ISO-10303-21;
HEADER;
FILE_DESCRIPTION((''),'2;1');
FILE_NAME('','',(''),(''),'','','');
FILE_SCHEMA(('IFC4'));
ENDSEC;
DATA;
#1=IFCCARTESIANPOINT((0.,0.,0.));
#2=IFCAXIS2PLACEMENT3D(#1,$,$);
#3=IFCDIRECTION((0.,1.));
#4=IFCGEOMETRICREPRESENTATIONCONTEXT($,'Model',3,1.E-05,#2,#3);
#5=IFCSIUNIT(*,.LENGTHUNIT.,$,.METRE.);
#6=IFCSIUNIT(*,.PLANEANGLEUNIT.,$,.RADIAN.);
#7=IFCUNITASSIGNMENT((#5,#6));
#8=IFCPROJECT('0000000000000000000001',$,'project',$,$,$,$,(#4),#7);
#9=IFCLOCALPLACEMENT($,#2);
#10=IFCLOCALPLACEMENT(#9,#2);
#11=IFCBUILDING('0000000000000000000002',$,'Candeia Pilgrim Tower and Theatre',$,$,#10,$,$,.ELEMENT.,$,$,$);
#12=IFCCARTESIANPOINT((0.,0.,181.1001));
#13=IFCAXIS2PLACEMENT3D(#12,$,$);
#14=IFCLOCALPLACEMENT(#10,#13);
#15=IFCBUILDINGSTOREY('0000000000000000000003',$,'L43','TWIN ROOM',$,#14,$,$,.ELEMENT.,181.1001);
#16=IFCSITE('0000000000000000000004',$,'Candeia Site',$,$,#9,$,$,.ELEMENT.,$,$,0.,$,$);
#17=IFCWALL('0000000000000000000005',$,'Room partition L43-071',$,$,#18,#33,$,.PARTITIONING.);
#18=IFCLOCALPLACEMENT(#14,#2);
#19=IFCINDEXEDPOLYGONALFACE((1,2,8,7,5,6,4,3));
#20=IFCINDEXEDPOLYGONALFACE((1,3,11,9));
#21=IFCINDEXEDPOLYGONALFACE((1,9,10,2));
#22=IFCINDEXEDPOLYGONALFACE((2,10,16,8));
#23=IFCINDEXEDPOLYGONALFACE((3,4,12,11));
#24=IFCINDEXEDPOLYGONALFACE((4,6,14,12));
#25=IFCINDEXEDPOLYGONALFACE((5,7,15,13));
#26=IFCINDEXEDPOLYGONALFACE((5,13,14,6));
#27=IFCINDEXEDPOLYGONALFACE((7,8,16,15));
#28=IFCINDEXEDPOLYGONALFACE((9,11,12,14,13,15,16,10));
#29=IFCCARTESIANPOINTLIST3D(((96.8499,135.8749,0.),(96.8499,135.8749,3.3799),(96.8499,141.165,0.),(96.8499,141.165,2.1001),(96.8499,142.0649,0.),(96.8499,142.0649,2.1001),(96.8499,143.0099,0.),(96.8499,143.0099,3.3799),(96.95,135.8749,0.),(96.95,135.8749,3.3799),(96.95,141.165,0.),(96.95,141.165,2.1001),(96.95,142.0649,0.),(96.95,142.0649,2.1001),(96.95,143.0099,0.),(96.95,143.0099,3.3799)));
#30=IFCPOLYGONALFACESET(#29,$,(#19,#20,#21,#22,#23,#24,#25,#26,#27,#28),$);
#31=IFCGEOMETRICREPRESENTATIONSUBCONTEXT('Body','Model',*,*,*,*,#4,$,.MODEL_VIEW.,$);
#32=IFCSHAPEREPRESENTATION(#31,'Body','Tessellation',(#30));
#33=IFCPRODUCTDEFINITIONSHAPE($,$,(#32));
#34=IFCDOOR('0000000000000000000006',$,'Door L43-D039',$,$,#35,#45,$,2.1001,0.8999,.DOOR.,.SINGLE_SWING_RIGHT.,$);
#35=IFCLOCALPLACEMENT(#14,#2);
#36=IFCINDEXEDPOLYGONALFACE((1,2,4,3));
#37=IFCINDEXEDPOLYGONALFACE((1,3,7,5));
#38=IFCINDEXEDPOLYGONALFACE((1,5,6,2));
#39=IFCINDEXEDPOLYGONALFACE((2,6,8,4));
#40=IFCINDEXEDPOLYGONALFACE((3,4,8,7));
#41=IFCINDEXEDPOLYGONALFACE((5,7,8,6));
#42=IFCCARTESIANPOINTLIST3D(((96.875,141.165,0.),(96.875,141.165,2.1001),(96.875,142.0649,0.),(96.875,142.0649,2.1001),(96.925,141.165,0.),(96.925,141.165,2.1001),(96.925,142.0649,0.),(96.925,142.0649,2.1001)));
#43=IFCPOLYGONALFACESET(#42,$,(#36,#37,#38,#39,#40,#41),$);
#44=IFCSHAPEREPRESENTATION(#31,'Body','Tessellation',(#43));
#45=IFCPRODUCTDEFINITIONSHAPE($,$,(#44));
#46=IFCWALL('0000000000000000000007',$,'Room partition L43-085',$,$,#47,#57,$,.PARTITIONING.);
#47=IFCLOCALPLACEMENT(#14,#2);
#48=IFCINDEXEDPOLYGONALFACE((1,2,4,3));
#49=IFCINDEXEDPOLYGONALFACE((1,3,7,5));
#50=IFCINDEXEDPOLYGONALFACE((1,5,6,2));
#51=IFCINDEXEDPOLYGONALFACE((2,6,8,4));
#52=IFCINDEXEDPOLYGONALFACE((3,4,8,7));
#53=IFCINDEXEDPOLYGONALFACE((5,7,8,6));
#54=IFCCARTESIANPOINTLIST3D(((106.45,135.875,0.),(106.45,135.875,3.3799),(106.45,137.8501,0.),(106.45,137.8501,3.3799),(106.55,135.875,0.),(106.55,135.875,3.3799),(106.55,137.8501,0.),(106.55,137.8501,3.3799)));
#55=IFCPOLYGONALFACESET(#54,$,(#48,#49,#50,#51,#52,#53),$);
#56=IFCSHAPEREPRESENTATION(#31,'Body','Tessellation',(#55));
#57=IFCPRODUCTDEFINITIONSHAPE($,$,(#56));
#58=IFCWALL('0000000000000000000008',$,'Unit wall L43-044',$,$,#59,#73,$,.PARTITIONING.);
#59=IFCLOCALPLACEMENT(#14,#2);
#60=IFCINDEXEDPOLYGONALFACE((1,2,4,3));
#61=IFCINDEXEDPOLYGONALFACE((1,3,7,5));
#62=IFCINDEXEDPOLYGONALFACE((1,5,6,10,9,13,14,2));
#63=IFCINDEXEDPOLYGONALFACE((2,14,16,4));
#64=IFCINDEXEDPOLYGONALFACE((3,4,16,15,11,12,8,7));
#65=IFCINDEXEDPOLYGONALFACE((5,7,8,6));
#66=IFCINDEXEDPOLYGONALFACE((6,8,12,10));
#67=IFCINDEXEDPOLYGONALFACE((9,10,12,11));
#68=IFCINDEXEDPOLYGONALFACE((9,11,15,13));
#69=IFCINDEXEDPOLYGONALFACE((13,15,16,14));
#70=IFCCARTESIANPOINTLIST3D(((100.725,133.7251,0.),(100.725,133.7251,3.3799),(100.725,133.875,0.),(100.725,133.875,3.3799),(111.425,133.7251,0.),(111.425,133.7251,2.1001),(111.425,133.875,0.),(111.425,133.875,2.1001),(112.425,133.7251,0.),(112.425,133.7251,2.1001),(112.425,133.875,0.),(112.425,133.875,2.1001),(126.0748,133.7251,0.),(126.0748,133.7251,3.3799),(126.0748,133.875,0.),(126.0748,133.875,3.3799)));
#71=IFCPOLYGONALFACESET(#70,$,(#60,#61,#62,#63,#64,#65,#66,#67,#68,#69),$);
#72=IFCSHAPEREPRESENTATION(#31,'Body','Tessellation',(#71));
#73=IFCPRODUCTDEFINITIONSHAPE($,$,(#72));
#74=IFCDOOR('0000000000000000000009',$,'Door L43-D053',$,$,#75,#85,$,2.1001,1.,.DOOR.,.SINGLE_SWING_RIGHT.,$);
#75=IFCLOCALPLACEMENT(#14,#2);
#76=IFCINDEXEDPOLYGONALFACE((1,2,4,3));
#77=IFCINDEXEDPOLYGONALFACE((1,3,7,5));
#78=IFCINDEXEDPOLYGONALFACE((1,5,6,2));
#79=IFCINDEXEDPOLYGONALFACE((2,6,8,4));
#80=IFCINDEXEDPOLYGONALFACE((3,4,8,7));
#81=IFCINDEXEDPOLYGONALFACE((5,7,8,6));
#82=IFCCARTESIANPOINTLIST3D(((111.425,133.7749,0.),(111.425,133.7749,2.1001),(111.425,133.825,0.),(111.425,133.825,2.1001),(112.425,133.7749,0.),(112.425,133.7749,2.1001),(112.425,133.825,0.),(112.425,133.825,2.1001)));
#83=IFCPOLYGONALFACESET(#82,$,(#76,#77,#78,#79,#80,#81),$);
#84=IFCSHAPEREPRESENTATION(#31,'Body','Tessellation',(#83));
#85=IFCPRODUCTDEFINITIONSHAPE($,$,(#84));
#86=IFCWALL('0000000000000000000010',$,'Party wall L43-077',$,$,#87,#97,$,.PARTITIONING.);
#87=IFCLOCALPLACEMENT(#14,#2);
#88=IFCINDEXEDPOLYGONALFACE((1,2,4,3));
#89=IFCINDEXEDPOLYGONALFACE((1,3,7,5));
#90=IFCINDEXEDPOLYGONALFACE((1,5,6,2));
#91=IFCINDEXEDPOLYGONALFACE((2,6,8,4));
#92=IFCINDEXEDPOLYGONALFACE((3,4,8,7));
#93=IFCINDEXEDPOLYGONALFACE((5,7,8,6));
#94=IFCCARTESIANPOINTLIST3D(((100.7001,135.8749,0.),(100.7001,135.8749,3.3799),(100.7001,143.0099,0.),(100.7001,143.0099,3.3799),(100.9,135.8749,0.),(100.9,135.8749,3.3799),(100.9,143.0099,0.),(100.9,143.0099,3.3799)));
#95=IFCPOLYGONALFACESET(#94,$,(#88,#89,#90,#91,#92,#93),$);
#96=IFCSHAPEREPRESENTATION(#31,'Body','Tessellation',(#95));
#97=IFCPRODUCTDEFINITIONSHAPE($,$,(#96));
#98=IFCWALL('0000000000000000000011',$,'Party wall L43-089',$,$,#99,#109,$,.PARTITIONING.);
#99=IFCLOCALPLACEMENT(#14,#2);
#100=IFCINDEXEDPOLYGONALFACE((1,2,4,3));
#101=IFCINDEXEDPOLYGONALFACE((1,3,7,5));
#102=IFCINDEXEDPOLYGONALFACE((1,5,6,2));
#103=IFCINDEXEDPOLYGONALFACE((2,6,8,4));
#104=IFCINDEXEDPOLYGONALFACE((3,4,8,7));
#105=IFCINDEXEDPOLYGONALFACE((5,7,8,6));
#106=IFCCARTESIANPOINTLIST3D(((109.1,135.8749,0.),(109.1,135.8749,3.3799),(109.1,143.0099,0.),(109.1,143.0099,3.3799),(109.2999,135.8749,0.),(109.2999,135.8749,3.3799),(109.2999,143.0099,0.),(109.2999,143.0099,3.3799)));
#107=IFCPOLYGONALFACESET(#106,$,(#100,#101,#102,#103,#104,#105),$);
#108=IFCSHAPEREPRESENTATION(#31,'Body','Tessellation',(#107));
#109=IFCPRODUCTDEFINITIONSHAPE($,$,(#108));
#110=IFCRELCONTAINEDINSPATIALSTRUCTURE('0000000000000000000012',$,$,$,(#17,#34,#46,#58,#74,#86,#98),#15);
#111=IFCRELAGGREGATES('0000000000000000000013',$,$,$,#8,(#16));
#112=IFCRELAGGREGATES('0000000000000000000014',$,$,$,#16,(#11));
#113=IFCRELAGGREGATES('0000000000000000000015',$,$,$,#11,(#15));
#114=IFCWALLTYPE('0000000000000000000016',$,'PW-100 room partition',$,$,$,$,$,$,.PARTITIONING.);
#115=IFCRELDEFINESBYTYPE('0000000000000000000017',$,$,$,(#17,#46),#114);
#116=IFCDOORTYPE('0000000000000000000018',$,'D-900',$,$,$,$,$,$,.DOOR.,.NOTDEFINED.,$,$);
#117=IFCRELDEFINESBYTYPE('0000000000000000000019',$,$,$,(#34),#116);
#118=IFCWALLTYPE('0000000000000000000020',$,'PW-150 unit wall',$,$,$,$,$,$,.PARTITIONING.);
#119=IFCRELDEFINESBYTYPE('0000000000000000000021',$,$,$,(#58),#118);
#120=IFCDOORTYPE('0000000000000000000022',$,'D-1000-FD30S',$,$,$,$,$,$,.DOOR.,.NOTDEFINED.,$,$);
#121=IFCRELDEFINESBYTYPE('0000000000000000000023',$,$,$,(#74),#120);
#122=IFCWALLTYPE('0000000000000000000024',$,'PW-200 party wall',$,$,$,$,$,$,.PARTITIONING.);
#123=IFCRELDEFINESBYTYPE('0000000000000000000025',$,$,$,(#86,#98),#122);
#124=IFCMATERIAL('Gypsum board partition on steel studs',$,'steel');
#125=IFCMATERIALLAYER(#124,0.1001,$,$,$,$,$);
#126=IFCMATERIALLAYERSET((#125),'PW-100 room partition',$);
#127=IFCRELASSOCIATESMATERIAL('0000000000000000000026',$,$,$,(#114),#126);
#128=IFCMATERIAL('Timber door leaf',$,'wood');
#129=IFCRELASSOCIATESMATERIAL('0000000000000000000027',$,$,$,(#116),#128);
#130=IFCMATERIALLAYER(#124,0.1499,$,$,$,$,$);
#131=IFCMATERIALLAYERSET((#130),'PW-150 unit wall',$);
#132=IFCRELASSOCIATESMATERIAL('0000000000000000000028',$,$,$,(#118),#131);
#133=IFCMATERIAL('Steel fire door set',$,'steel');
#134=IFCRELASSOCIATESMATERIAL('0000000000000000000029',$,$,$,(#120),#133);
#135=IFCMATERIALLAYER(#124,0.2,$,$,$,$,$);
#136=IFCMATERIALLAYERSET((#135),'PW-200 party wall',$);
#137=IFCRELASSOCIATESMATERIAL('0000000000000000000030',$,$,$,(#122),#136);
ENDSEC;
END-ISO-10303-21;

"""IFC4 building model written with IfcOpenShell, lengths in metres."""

from ifc_helpers import new_model, si_unit, direction, frame, frame_2d, origin, place, context, subcontext, project, spatial, rectangle, extrude, material, layer, layer_set, type_object, element, fill, save


model = new_model("IFC4")

# Units and contexts
model_context = context("Model", 3, precision=1e-05, world=origin(), true_north=direction((0.0, 1.0)))
body_context = subcontext(model_context, "Body", "Model", "MODEL_VIEW")
ifc_project = project(units=[si_unit("LENGTHUNIT", "METRE"), si_unit("PLANEANGLEUNIT", "RADIAN")], contexts=[model_context])

# Site, building, storey
site_placement = place(None, origin())
site = spatial("IfcSite", under=ifc_project, at=site_placement, Name="Candeia Site", CompositionType="ELEMENT", RefElevation=0.0)
building_placement = place(site_placement, origin())
building = spatial("IfcBuilding", under=site, at=building_placement, Name="Candeia Pilgrim Tower and Theatre", CompositionType="ELEMENT")
storey_placement = place(building_placement, frame((0.0, 0.0, 181.1001)))
storey = spatial("IfcBuildingStorey", under=building, at=storey_placement, Name="L43", Description="TWIN ROOM", CompositionType="ELEMENT", Elevation=181.1001)

# Wall, opening, door
ifc_material_1 = material(Name="Gypsum board partition on steel studs", Category="steel")
ifc_layer_1 = layer(ifc_material_1, 0.1001)
ifc_layer_set_1 = layer_set([ifc_layer_1], Name="PW-100 room partition")
wall_type_1 = type_object("IfcWallType", Name="PW-100 room partition", PredefinedType="PARTITIONING", material=ifc_layer_set_1)
ifc_material_2 = material(Name="Timber door leaf", Category="wood")
wall_1_placement = place(storey_placement, frame((96.8999, 135.875, 0.0), z_axis=(0.0, 0.0, 1.0), x_axis=(0.0, 1.0, 0.0)))
wall_1 = element("IfcWall", 1, at=wall_1_placement, inside=storey, type_object=wall_type_1, Name="Room partition L43-071", PredefinedType="PARTITIONING", context=body_context, shape_type="SweptSolid", body=[
    extrude(rectangle(XDim=7.135, YDim=0.1001, at=frame_2d((3.5674, 0.0))), origin(), (0.0, 0.0, 1.0), 3.3799),
])
opening_1_placement = place(wall_1_placement, frame((5.29, 0.0, 0.0)))
opening_1 = element("IfcOpeningElement", 2, at=opening_1_placement, cuts=wall_1, PredefinedType="OPENING", context=body_context, shape_type="SweptSolid", body=[
    extrude(rectangle(XDim=0.8999, YDim=2.1001, at=frame_2d((0.45, 1.05))), frame((0.0, 0.0601, 0.0), z_axis=(0.0, -1.0, 0.0), x_axis=(1.0, 0.0, 0.0)), (0.0, 0.0, 1.0), 0.1201),
])
door_type_1 = type_object("IfcDoorType", Name="D-900", OperationType="NOTDEFINED", PredefinedType="DOOR", material=ifc_material_2)
door_1_placement = place(opening_1_placement, origin())
door_1 = element("IfcDoor", 3, at=door_1_placement, inside=storey, type_object=door_type_1, Name="Door L43-D039", OperationType="SINGLE_SWING_RIGHT", OverallHeight=2.1001, OverallWidth=0.8999, PredefinedType="DOOR", context=body_context, shape_type="SweptSolid", body=[
    extrude(rectangle(XDim=0.8999, YDim=2.1001, at=frame_2d((0.45, 1.05))), frame((0.0, 0.0249, 0.0), z_axis=(0.0, -1.0, 0.0), x_axis=(1.0, 0.0, 0.0)), (0.0, 0.0, 1.0), 0.05),
])
fill(opening_1, door_1)

# Wall
wall_2_placement = place(storey_placement, frame((106.5, 135.875, 0.0), z_axis=(0.0, 0.0, 1.0), x_axis=(0.0, 1.0, 0.0)))
element("IfcWall", 4, at=wall_2_placement, inside=storey, type_object=wall_type_1, Name="Room partition L43-085", PredefinedType="PARTITIONING", context=body_context, shape_type="SweptSolid", body=[
    extrude(rectangle(XDim=1.9751, YDim=0.1001, at=frame_2d((0.9875, 0.0))), origin(), (0.0, 0.0, 1.0), 3.3799),
])

# Wall, opening, door
ifc_layer_2 = layer(ifc_material_1, 0.1499)
ifc_layer_set_2 = layer_set([ifc_layer_2], Name="PW-150 unit wall")
wall_type_2 = type_object("IfcWallType", Name="PW-150 unit wall", PredefinedType="PARTITIONING", material=ifc_layer_set_2)
wall_3_placement = place(storey_placement, frame((100.7251, 133.8, 0.0), z_axis=(0.0, 0.0, 1.0), x_axis=(1.0, 0.0, 0.0)))
wall_3 = element("IfcWall", 5, at=wall_3_placement, inside=storey, type_object=wall_type_2, Name="Unit wall L43-044", PredefinedType="PARTITIONING", context=body_context, shape_type="SweptSolid", body=[
    extrude(rectangle(XDim=25.3499, YDim=0.1499, at=frame_2d((12.6748, 0.0))), origin(), (0.0, 0.0, 1.0), 3.3799),
])
opening_2_placement = place(wall_3_placement, frame((10.7, 0.0, 0.0)))
opening_2 = element("IfcOpeningElement", 6, at=opening_2_placement, cuts=wall_3, PredefinedType="OPENING", context=body_context, shape_type="SweptSolid", body=[
    extrude(rectangle(XDim=1.0, YDim=2.1001, at=frame_2d((0.5, 1.05))), frame((0.0, 0.085, 0.0), z_axis=(0.0, -1.0, 0.0), x_axis=(1.0, 0.0, 0.0)), (0.0, 0.0, 1.0), 0.1699),
])
ifc_material_3 = material(Name="Steel fire door set", Category="steel")
door_type_2 = type_object("IfcDoorType", Name="D-1000-FD30S", OperationType="NOTDEFINED", PredefinedType="DOOR", material=ifc_material_3)
door_2_placement = place(opening_2_placement, origin())
door_2 = element("IfcDoor", 7, at=door_2_placement, inside=storey, type_object=door_type_2, Name="Door L43-D053", OperationType="SINGLE_SWING_RIGHT", OverallHeight=2.1001, OverallWidth=1.0, PredefinedType="DOOR", context=body_context, shape_type="SweptSolid", body=[
    extrude(rectangle(XDim=1.0, YDim=2.1001, at=frame_2d((0.5, 1.05))), frame((0.0, 0.0249, 0.0), z_axis=(0.0, -1.0, 0.0), x_axis=(1.0, 0.0, 0.0)), (0.0, 0.0, 1.0), 0.05),
])
fill(opening_2, door_2)

# Walls
ifc_layer_3 = layer(ifc_material_1, 0.2)
ifc_layer_set_3 = layer_set([ifc_layer_3], Name="PW-200 party wall")
wall_type_3 = type_object("IfcWallType", Name="PW-200 party wall", PredefinedType="PARTITIONING", material=ifc_layer_set_3)
for number, where, z_axis, x_axis, name in (
    (8, (100.8, 135.875, 0.0), (0.0, 0.0, 1.0), (0.0, 1.0, 0.0), "Party wall L43-077"),
    (9, (109.2, 135.875, 0.0), (0.0, 0.0, 1.0), (0.0, 1.0, 0.0), "Party wall L43-089"),
):
    element("IfcWall", number, at=place(storey_placement, frame(where, z_axis=z_axis, x_axis=x_axis)), inside=storey, type_object=wall_type_3, Name=name, PredefinedType="PARTITIONING", context=body_context, shape_type="SweptSolid", body=[
        extrude(rectangle(XDim=7.135, YDim=0.2, at=frame_2d((3.5674, 0.0))), origin(), (0.0, 0.0, 1.0), 3.3799),
    ])

save(model, "model.ifc")
